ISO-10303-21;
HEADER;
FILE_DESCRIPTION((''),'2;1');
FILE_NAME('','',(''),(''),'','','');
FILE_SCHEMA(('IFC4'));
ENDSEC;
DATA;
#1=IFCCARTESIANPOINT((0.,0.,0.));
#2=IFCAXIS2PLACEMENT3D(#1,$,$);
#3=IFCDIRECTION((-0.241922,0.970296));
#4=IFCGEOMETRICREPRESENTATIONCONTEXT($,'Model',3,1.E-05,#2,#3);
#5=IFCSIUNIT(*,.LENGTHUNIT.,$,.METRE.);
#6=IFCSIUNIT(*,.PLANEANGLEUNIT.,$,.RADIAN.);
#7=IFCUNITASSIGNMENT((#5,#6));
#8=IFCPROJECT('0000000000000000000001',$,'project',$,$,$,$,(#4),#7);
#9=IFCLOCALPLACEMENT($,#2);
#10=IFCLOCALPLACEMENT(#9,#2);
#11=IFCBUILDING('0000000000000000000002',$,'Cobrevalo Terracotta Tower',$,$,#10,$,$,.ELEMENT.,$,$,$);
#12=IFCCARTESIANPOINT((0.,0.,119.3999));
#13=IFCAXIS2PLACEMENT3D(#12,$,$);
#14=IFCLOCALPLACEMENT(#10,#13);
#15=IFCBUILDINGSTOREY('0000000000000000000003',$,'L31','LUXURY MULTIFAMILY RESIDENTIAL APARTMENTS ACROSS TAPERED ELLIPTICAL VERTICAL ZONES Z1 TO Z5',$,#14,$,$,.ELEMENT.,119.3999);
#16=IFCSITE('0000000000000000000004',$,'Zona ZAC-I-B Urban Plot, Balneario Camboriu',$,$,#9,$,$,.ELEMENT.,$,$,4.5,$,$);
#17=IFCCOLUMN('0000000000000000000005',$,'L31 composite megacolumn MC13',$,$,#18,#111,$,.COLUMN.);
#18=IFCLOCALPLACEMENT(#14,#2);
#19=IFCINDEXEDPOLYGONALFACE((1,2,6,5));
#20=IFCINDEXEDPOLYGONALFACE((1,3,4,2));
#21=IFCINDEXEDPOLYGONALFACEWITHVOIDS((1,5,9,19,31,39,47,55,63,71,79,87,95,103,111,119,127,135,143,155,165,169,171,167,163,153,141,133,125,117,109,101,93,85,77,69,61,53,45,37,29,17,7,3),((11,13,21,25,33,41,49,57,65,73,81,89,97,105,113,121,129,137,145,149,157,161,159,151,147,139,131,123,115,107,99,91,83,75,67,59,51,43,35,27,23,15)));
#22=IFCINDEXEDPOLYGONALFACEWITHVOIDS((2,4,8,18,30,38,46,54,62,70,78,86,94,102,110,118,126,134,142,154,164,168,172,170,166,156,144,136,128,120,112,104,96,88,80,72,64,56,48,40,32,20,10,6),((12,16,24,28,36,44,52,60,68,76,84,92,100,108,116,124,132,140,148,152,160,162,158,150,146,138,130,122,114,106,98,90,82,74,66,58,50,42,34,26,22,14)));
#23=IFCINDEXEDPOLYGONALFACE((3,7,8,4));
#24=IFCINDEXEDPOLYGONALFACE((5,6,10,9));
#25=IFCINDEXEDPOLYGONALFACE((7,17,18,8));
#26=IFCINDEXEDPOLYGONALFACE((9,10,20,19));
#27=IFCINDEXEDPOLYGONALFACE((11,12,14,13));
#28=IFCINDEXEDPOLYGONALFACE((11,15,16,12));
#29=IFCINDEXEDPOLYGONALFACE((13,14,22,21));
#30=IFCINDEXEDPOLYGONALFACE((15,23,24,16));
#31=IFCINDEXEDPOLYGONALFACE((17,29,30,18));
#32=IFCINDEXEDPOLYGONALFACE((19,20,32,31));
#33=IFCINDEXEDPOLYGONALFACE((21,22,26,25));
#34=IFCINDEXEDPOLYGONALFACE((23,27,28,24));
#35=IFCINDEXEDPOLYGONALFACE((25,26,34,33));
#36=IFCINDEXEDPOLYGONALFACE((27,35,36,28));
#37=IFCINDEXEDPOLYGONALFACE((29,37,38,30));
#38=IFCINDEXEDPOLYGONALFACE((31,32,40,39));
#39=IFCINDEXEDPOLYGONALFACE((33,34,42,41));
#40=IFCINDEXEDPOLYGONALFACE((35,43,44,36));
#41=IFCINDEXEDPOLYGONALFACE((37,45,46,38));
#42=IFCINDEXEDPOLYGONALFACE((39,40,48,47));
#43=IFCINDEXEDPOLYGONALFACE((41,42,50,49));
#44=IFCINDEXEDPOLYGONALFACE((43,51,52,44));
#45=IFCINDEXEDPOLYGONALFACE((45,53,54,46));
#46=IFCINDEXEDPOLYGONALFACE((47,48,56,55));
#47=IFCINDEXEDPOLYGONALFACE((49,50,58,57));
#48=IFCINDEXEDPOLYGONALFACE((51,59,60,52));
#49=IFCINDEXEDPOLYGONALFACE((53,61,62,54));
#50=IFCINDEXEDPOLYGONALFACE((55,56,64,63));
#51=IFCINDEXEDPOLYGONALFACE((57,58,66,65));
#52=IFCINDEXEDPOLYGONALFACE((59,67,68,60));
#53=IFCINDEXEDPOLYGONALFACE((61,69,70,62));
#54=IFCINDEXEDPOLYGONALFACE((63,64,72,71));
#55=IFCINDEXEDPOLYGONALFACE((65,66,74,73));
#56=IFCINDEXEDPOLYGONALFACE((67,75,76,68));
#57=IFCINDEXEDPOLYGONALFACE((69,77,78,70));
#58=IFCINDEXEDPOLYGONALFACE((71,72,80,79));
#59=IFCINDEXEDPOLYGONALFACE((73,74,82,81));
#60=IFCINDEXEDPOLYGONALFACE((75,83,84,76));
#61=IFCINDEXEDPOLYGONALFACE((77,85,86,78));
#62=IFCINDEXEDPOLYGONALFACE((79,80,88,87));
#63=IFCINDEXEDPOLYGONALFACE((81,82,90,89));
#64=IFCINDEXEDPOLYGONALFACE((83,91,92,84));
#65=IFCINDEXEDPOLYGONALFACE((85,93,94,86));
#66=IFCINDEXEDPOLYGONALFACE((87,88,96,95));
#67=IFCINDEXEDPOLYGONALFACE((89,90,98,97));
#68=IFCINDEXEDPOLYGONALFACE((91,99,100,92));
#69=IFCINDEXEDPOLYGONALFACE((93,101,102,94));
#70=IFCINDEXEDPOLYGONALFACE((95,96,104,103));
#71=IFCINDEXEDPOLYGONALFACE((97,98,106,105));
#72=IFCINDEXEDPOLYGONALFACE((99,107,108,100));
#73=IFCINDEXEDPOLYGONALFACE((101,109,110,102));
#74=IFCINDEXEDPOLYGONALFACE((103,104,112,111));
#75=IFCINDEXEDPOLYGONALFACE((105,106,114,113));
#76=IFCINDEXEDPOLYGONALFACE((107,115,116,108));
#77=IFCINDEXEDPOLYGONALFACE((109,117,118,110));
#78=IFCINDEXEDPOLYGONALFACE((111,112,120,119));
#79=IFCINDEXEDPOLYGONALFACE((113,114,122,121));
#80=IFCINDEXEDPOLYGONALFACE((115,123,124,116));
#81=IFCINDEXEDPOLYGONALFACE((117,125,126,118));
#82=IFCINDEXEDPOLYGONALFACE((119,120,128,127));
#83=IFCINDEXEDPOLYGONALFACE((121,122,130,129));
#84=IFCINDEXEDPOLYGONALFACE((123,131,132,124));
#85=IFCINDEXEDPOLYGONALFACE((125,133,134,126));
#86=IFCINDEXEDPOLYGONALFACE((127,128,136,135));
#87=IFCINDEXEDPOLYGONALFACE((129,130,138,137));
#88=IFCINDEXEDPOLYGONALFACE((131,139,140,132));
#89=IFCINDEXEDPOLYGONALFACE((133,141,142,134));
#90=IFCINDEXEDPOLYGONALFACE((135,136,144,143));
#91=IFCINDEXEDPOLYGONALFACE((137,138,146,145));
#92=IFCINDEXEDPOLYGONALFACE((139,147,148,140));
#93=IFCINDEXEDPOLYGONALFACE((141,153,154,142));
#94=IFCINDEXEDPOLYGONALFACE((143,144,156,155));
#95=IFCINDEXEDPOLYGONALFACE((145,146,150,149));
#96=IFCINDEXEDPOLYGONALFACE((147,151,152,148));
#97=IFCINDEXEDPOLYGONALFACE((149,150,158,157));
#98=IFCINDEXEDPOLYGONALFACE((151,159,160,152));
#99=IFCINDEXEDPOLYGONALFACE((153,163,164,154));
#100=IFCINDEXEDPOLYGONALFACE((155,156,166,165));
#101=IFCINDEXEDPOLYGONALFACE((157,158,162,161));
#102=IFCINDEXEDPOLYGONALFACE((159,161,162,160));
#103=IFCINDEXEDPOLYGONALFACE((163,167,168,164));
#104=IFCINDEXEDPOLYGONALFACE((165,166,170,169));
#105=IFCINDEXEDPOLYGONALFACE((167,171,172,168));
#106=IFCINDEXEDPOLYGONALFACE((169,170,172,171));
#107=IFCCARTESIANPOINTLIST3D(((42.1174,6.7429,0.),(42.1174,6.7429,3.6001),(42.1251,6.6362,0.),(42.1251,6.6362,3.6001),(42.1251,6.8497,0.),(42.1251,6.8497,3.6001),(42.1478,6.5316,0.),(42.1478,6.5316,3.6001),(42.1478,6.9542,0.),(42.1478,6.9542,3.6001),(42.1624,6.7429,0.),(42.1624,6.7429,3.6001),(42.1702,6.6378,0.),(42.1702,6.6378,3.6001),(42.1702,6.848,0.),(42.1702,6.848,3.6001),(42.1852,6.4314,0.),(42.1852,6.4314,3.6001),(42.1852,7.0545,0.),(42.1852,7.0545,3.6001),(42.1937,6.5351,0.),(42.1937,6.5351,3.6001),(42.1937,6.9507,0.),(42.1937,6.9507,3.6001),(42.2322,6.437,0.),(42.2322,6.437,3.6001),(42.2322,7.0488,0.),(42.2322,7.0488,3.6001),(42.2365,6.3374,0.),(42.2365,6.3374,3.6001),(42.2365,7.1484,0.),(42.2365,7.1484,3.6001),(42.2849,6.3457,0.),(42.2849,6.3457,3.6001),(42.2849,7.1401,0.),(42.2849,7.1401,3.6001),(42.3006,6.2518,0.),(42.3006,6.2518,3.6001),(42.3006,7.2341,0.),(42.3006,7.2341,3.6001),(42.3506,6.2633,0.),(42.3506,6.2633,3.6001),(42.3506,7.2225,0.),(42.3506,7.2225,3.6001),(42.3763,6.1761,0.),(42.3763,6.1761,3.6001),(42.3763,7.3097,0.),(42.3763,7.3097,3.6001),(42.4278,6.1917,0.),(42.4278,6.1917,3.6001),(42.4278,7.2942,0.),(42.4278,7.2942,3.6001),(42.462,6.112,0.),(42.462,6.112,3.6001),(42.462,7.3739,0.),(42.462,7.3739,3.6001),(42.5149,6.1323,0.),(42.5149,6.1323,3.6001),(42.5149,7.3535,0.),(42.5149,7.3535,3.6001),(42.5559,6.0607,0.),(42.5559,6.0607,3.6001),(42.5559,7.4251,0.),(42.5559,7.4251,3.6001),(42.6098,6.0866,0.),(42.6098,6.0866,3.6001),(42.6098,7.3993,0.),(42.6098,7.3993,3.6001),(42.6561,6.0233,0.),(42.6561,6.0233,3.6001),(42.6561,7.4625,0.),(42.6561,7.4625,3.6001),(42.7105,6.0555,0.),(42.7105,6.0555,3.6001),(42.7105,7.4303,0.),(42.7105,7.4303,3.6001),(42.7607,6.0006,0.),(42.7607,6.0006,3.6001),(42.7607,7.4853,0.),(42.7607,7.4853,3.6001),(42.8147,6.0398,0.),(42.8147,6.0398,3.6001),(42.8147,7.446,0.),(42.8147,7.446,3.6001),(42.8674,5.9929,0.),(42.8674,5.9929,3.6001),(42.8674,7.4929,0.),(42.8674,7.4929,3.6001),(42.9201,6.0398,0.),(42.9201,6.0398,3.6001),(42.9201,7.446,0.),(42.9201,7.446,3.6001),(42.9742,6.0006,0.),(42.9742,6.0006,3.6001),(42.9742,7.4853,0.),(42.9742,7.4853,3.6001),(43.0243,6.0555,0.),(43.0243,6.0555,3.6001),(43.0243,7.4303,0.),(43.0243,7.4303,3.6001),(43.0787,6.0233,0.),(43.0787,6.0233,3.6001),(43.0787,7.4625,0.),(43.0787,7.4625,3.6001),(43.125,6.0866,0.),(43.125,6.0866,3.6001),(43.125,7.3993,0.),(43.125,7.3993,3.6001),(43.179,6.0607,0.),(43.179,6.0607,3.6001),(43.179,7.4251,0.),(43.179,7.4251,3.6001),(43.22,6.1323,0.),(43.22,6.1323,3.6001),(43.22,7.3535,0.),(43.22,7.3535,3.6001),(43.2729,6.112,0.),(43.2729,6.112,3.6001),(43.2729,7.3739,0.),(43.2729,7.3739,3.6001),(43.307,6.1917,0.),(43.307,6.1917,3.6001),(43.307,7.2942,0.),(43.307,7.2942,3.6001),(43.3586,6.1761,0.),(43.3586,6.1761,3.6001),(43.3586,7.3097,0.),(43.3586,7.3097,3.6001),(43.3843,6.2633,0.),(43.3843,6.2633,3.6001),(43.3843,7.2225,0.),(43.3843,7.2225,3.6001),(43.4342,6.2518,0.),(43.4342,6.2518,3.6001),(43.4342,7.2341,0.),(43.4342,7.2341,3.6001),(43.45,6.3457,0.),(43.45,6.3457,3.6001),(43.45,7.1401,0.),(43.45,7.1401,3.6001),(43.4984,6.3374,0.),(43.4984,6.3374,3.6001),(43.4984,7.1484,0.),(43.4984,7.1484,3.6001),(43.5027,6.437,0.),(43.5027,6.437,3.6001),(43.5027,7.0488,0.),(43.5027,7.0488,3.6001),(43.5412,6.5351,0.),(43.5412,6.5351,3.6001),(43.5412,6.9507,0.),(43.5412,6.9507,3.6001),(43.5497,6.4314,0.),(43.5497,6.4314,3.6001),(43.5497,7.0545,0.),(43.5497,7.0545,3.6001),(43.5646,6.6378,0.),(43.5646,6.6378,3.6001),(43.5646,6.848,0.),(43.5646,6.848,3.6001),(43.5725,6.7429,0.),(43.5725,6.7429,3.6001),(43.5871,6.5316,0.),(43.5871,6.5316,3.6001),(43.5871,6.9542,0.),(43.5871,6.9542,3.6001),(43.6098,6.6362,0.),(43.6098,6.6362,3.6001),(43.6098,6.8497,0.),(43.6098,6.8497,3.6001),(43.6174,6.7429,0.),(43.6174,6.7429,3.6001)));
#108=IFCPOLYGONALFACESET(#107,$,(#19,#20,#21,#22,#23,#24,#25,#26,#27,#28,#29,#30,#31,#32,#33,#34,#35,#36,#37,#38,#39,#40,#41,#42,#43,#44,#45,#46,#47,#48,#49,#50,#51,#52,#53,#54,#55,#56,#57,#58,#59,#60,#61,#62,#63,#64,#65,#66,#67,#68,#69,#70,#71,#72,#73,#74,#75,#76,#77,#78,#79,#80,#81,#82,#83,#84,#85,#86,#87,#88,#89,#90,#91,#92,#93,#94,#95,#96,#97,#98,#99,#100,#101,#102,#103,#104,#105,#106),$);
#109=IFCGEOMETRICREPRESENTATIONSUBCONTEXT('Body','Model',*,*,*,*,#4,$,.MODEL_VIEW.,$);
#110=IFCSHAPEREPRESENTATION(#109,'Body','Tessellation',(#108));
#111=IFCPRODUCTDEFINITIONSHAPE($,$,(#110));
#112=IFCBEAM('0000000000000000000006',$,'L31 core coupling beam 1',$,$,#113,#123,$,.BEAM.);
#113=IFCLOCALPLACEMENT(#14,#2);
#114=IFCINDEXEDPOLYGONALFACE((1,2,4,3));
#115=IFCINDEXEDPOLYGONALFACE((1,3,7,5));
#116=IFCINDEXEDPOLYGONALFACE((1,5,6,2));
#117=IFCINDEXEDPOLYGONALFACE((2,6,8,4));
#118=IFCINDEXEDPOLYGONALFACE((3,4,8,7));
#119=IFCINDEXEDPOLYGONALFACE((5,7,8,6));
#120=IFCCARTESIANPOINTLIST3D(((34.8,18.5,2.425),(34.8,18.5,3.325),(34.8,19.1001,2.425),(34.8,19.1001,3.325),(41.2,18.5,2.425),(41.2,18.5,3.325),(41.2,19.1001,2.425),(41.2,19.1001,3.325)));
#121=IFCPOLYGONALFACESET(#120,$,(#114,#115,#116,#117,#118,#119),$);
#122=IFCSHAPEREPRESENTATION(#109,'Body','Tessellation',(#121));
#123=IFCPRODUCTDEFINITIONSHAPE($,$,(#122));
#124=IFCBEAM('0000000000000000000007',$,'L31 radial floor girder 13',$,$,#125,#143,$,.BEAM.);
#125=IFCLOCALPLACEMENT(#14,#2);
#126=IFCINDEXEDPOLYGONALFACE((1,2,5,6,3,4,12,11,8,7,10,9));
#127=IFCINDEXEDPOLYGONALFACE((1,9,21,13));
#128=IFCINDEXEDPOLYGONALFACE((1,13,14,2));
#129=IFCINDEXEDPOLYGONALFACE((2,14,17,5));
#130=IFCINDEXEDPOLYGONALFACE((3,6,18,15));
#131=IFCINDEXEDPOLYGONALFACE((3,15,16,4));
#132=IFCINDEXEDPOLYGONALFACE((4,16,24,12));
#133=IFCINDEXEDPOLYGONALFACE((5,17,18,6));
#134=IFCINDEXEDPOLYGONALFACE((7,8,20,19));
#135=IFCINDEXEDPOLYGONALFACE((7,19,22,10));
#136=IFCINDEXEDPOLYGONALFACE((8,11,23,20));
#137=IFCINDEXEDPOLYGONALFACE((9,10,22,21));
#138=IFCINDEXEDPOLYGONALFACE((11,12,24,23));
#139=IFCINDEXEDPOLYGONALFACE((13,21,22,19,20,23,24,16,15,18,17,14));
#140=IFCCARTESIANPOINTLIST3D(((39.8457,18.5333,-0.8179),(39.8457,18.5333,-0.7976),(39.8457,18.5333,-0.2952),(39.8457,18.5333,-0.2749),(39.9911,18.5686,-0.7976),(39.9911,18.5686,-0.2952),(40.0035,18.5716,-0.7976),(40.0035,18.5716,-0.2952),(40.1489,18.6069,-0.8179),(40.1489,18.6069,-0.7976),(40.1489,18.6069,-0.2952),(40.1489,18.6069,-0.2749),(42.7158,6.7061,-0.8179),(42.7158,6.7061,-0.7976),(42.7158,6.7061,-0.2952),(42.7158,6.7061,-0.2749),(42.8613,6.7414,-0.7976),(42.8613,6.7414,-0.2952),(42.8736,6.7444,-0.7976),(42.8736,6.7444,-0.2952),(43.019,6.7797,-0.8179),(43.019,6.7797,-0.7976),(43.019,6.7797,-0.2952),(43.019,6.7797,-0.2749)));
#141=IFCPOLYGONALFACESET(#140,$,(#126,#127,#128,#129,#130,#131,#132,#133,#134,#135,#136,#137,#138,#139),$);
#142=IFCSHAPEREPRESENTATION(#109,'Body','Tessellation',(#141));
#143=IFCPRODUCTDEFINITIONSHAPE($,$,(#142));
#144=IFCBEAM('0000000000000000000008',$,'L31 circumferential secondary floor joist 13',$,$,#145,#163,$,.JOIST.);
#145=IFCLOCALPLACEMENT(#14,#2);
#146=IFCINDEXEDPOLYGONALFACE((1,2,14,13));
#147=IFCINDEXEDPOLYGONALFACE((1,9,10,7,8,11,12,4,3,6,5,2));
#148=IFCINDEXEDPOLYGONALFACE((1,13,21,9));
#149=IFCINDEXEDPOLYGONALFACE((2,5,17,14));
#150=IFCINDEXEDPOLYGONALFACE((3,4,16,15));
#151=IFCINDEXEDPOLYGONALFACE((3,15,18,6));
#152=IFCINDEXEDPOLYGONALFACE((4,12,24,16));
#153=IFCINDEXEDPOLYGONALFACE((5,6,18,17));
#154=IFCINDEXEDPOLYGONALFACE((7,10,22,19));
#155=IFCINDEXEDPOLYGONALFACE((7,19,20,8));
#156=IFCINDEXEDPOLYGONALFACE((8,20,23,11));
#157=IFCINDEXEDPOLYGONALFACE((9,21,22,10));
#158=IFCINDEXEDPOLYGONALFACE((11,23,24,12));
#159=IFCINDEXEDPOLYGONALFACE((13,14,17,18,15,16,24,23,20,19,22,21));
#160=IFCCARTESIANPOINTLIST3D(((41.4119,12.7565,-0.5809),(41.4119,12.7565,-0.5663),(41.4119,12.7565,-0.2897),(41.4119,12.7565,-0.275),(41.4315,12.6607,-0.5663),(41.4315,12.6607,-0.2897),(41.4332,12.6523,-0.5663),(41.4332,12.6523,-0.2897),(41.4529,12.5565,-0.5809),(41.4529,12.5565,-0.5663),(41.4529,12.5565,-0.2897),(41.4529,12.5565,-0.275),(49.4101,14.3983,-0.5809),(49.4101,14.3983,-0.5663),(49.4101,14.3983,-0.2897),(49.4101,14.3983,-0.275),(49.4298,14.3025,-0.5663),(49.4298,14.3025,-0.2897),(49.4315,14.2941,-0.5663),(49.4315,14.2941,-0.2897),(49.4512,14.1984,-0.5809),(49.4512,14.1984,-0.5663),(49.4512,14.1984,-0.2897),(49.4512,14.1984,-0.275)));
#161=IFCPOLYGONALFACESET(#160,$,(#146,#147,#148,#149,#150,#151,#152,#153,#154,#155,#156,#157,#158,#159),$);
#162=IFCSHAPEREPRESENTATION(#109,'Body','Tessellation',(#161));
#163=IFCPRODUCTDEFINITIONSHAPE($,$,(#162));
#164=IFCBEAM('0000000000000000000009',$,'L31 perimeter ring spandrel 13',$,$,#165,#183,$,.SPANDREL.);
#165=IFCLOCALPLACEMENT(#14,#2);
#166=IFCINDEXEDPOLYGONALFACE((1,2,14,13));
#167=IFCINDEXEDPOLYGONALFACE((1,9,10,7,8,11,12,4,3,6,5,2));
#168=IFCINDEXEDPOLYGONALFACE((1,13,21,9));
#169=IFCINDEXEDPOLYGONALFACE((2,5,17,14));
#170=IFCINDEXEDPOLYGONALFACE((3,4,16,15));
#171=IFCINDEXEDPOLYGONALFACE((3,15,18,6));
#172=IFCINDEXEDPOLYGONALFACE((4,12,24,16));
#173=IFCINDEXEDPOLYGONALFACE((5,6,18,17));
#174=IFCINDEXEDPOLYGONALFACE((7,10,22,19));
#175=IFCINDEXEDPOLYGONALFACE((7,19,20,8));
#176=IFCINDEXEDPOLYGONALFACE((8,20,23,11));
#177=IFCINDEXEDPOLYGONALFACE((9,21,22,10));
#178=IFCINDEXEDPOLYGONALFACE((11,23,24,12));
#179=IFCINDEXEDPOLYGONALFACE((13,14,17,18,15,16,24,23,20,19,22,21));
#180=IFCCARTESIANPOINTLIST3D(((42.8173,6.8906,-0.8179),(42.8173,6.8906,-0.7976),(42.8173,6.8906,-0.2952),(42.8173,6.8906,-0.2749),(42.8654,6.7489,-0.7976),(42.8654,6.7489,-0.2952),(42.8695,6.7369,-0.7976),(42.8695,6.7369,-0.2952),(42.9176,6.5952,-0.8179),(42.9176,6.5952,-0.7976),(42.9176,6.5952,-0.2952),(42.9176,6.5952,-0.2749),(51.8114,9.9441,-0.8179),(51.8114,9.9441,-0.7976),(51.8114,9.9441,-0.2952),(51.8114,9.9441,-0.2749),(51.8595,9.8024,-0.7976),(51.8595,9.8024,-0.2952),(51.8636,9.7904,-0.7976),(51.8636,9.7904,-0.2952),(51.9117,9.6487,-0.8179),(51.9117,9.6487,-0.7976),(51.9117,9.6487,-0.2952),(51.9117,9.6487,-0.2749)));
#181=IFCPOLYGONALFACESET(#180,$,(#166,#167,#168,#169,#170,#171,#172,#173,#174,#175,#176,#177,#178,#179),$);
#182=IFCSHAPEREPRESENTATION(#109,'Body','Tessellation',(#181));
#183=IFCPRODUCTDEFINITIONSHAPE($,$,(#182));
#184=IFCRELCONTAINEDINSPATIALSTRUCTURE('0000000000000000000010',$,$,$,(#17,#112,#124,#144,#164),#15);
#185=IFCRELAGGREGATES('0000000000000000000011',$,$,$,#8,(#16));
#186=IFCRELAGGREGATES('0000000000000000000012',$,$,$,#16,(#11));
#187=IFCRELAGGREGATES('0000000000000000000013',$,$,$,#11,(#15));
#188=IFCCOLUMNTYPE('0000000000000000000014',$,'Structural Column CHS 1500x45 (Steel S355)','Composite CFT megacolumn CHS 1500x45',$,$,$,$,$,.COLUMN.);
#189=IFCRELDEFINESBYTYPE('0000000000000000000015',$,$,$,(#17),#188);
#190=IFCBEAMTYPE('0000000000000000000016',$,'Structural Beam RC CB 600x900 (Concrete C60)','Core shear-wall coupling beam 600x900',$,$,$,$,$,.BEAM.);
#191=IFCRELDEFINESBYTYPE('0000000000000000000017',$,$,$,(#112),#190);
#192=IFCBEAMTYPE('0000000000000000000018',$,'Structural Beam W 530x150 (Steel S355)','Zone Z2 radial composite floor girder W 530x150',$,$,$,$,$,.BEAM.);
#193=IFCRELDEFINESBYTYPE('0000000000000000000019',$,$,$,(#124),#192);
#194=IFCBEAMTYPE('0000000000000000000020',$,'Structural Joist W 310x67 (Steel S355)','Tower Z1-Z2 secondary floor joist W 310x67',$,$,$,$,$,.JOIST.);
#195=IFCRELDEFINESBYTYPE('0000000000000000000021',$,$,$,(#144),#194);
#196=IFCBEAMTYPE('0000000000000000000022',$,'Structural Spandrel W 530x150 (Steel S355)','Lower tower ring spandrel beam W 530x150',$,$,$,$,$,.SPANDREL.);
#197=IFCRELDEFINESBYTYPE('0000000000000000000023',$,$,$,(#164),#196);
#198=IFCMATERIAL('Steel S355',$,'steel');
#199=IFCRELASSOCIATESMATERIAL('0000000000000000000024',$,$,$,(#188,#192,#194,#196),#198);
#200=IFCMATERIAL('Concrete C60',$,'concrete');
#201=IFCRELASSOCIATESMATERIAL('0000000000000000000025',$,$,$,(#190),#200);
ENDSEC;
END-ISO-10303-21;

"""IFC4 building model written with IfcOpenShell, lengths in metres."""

from ifc_helpers import new_model, si_unit, direction, frame, origin, origin_2d, place, context, subcontext, project, spatial, rectangle, hollow_circle, i_section, extrude, material, material_profile, profile_set, type_object, element, save


model = new_model("IFC4")

# Units and contexts
model_context = context("Model", 3, precision=1e-05, world=origin(), true_north=direction((-0.241922, 0.970296)))
body_context = subcontext(model_context, "Body", "Model", "MODEL_VIEW")
ifc_project = project(units=[si_unit("LENGTHUNIT", "METRE"), si_unit("PLANEANGLEUNIT", "RADIAN")], contexts=[model_context])

# Site, building, storey
site_placement = place(None, origin())
site = spatial("IfcSite", under=ifc_project, at=site_placement, Name="Zona ZAC-I-B Urban Plot, Balneario Camboriu", CompositionType="ELEMENT", RefElevation=4.5)
building_placement = place(site_placement, origin())
building = spatial("IfcBuilding", under=site, at=building_placement, Name="Cobrevalo Terracotta Tower", CompositionType="ELEMENT")
storey_placement = place(building_placement, frame((0.0, 0.0, 119.3999)))
storey = spatial("IfcBuildingStorey", under=building, at=storey_placement, Name="L31", Description="LUXURY MULTIFAMILY RESIDENTIAL APARTMENTS ACROSS TAPERED ELLIPTICAL VERTICAL ZONES Z1 TO Z5", CompositionType="ELEMENT", Elevation=119.3999)

# Column
ifc_material_1 = material(Name="Steel S355", Category="steel")
ifc_material_profile_1 = material_profile(ifc_material_1, hollow_circle(Radius=0.75, WallThickness=0.0449, at=origin_2d()), Name="CHS 1500x45")
ifc_profile_set_1 = profile_set([ifc_material_profile_1], Name="Steel S355")
column_type = type_object("IfcColumnType", Name="Structural Column CHS 1500x45 (Steel S355)", Description="Composite CFT megacolumn CHS 1500x45", PredefinedType="COLUMN", material=ifc_profile_set_1)
column_placement = place(storey_placement, frame((42.8674, 6.7429, 0.0), z_axis=(0.0, 0.0, 1.0), x_axis=(1.0, 0.0, 0.0)))
element("IfcColumn", 1, at=column_placement, inside=storey, type_object=column_type, Name="L31 composite megacolumn MC13", PredefinedType="COLUMN", context=body_context, shape_type="SweptSolid", body=[
    extrude(hollow_circle(Radius=0.75, WallThickness=0.0449, at=origin_2d()), origin(), (0.0, 0.0, 1.0), 3.6001),
])

# Beams
ifc_material_2 = material(Name="Concrete C60", Category="concrete")
ifc_material_profile_2 = material_profile(ifc_material_2, rectangle(XDim=0.6001, YDim=0.8999, at=origin_2d()), Name="RC CB 600x900")
ifc_profile_set_2 = profile_set([ifc_material_profile_2], Name="Concrete C60")
beam_type_1 = type_object("IfcBeamType", Name="Structural Beam RC CB 600x900 (Concrete C60)", Description="Core shear-wall coupling beam 600x900", PredefinedType="BEAM", material=ifc_profile_set_2)
beam_1_placement = place(storey_placement, frame((34.8, 18.8, 2.875), z_axis=(1.0, 0.0, 0.0), x_axis=(0.0, 1.0, 0.0)))
element("IfcBeam", 2, at=beam_1_placement, inside=storey, type_object=beam_type_1, Name="L31 core coupling beam 1", PredefinedType="BEAM", context=body_context, shape_type="SweptSolid", body=[
    extrude(rectangle(XDim=0.6001, YDim=0.8999, at=origin_2d()), origin(), (0.0, 0.0, 1.0), 6.3999),
])
ifc_material_profile_3 = material_profile(ifc_material_1, i_section(OverallWidth=0.312, OverallDepth=0.543, WebThickness=0.0127, FlangeThickness=0.0203, at=origin_2d()), Name="W 530x150")
ifc_profile_set_3 = profile_set([ifc_material_profile_3], Name="Steel S355")
beam_type_2 = type_object("IfcBeamType", Name="Structural Beam W 530x150 (Steel S355)", Description="Zone Z2 radial composite floor girder W 530x150", PredefinedType="BEAM", material=ifc_profile_set_3)
beam_2_placement = place(storey_placement, frame((42.8674, 6.7429, -0.5464), z_axis=(-0.235827, 0.971795, 0.0), x_axis=(-0.971795, -0.235827, 0.0)))
element("IfcBeam", 3, at=beam_2_placement, inside=storey, type_object=beam_type_2, Name="L31 radial floor girder 13", PredefinedType="BEAM", context=body_context, shape_type="SweptSolid", body=[
    extrude(i_section(OverallWidth=0.312, OverallDepth=0.543, WebThickness=0.0127, FlangeThickness=0.0203, at=origin_2d()), origin(), (0.0, 0.0, 1.0), 12.1704),
])
ifc_material_profile_4 = material_profile(ifc_material_1, i_section(OverallWidth=0.2041, OverallDepth=0.3059, WebThickness=0.0085, FlangeThickness=0.0146, at=origin_2d()), Name="W 310x67")
ifc_profile_set_4 = profile_set([ifc_material_profile_4], Name="Steel S355")
beam_type_3 = type_object("IfcBeamType", Name="Structural Joist W 310x67 (Steel S355)", Description="Tower Z1-Z2 secondary floor joist W 310x67", PredefinedType="JOIST", material=ifc_profile_set_4)
beam_3_placement = place(storey_placement, frame((41.4324, 12.6565, -0.428), z_axis=(0.979574, 0.201082, 0.0), x_axis=(-0.201082, 0.979574, 0.0)))
element("IfcBeam", 4, at=beam_3_placement, inside=storey, type_object=beam_type_3, Name="L31 circumferential secondary floor joist 13", PredefinedType="JOIST", context=body_context, shape_type="SweptSolid", body=[
    extrude(i_section(OverallWidth=0.2041, OverallDepth=0.3059, WebThickness=0.0085, FlangeThickness=0.0146, at=origin_2d()), origin(), (0.0, 0.0, 1.0), 8.165),
])
ifc_material_profile_5 = material_profile(ifc_material_1, i_section(OverallWidth=0.312, OverallDepth=0.543, WebThickness=0.0127, FlangeThickness=0.0203, at=origin_2d()), Name="W 530x150")
ifc_profile_set_5 = profile_set([ifc_material_profile_5], Name="Steel S355")
beam_type_4 = type_object("IfcBeamType", Name="Structural Spandrel W 530x150 (Steel S355)", Description="Lower tower ring spandrel beam W 530x150", PredefinedType="SPANDREL", material=ifc_profile_set_5)
beam_4_placement = place(storey_placement, frame((42.8674, 6.7429, -0.5464), z_axis=(0.946918, 0.321474, 0.0), x_axis=(-0.321474, 0.946918, 0.0)))
element("IfcBeam", 5, at=beam_4_placement, inside=storey, type_object=beam_type_4, Name="L31 perimeter ring spandrel 13", PredefinedType="SPANDREL", context=body_context, shape_type="SweptSolid", body=[
    extrude(i_section(OverallWidth=0.312, OverallDepth=0.543, WebThickness=0.0127, FlangeThickness=0.0203, at=origin_2d()), origin(), (0.0, 0.0, 1.0), 9.4983),
])

save(model, "model.ifc")
